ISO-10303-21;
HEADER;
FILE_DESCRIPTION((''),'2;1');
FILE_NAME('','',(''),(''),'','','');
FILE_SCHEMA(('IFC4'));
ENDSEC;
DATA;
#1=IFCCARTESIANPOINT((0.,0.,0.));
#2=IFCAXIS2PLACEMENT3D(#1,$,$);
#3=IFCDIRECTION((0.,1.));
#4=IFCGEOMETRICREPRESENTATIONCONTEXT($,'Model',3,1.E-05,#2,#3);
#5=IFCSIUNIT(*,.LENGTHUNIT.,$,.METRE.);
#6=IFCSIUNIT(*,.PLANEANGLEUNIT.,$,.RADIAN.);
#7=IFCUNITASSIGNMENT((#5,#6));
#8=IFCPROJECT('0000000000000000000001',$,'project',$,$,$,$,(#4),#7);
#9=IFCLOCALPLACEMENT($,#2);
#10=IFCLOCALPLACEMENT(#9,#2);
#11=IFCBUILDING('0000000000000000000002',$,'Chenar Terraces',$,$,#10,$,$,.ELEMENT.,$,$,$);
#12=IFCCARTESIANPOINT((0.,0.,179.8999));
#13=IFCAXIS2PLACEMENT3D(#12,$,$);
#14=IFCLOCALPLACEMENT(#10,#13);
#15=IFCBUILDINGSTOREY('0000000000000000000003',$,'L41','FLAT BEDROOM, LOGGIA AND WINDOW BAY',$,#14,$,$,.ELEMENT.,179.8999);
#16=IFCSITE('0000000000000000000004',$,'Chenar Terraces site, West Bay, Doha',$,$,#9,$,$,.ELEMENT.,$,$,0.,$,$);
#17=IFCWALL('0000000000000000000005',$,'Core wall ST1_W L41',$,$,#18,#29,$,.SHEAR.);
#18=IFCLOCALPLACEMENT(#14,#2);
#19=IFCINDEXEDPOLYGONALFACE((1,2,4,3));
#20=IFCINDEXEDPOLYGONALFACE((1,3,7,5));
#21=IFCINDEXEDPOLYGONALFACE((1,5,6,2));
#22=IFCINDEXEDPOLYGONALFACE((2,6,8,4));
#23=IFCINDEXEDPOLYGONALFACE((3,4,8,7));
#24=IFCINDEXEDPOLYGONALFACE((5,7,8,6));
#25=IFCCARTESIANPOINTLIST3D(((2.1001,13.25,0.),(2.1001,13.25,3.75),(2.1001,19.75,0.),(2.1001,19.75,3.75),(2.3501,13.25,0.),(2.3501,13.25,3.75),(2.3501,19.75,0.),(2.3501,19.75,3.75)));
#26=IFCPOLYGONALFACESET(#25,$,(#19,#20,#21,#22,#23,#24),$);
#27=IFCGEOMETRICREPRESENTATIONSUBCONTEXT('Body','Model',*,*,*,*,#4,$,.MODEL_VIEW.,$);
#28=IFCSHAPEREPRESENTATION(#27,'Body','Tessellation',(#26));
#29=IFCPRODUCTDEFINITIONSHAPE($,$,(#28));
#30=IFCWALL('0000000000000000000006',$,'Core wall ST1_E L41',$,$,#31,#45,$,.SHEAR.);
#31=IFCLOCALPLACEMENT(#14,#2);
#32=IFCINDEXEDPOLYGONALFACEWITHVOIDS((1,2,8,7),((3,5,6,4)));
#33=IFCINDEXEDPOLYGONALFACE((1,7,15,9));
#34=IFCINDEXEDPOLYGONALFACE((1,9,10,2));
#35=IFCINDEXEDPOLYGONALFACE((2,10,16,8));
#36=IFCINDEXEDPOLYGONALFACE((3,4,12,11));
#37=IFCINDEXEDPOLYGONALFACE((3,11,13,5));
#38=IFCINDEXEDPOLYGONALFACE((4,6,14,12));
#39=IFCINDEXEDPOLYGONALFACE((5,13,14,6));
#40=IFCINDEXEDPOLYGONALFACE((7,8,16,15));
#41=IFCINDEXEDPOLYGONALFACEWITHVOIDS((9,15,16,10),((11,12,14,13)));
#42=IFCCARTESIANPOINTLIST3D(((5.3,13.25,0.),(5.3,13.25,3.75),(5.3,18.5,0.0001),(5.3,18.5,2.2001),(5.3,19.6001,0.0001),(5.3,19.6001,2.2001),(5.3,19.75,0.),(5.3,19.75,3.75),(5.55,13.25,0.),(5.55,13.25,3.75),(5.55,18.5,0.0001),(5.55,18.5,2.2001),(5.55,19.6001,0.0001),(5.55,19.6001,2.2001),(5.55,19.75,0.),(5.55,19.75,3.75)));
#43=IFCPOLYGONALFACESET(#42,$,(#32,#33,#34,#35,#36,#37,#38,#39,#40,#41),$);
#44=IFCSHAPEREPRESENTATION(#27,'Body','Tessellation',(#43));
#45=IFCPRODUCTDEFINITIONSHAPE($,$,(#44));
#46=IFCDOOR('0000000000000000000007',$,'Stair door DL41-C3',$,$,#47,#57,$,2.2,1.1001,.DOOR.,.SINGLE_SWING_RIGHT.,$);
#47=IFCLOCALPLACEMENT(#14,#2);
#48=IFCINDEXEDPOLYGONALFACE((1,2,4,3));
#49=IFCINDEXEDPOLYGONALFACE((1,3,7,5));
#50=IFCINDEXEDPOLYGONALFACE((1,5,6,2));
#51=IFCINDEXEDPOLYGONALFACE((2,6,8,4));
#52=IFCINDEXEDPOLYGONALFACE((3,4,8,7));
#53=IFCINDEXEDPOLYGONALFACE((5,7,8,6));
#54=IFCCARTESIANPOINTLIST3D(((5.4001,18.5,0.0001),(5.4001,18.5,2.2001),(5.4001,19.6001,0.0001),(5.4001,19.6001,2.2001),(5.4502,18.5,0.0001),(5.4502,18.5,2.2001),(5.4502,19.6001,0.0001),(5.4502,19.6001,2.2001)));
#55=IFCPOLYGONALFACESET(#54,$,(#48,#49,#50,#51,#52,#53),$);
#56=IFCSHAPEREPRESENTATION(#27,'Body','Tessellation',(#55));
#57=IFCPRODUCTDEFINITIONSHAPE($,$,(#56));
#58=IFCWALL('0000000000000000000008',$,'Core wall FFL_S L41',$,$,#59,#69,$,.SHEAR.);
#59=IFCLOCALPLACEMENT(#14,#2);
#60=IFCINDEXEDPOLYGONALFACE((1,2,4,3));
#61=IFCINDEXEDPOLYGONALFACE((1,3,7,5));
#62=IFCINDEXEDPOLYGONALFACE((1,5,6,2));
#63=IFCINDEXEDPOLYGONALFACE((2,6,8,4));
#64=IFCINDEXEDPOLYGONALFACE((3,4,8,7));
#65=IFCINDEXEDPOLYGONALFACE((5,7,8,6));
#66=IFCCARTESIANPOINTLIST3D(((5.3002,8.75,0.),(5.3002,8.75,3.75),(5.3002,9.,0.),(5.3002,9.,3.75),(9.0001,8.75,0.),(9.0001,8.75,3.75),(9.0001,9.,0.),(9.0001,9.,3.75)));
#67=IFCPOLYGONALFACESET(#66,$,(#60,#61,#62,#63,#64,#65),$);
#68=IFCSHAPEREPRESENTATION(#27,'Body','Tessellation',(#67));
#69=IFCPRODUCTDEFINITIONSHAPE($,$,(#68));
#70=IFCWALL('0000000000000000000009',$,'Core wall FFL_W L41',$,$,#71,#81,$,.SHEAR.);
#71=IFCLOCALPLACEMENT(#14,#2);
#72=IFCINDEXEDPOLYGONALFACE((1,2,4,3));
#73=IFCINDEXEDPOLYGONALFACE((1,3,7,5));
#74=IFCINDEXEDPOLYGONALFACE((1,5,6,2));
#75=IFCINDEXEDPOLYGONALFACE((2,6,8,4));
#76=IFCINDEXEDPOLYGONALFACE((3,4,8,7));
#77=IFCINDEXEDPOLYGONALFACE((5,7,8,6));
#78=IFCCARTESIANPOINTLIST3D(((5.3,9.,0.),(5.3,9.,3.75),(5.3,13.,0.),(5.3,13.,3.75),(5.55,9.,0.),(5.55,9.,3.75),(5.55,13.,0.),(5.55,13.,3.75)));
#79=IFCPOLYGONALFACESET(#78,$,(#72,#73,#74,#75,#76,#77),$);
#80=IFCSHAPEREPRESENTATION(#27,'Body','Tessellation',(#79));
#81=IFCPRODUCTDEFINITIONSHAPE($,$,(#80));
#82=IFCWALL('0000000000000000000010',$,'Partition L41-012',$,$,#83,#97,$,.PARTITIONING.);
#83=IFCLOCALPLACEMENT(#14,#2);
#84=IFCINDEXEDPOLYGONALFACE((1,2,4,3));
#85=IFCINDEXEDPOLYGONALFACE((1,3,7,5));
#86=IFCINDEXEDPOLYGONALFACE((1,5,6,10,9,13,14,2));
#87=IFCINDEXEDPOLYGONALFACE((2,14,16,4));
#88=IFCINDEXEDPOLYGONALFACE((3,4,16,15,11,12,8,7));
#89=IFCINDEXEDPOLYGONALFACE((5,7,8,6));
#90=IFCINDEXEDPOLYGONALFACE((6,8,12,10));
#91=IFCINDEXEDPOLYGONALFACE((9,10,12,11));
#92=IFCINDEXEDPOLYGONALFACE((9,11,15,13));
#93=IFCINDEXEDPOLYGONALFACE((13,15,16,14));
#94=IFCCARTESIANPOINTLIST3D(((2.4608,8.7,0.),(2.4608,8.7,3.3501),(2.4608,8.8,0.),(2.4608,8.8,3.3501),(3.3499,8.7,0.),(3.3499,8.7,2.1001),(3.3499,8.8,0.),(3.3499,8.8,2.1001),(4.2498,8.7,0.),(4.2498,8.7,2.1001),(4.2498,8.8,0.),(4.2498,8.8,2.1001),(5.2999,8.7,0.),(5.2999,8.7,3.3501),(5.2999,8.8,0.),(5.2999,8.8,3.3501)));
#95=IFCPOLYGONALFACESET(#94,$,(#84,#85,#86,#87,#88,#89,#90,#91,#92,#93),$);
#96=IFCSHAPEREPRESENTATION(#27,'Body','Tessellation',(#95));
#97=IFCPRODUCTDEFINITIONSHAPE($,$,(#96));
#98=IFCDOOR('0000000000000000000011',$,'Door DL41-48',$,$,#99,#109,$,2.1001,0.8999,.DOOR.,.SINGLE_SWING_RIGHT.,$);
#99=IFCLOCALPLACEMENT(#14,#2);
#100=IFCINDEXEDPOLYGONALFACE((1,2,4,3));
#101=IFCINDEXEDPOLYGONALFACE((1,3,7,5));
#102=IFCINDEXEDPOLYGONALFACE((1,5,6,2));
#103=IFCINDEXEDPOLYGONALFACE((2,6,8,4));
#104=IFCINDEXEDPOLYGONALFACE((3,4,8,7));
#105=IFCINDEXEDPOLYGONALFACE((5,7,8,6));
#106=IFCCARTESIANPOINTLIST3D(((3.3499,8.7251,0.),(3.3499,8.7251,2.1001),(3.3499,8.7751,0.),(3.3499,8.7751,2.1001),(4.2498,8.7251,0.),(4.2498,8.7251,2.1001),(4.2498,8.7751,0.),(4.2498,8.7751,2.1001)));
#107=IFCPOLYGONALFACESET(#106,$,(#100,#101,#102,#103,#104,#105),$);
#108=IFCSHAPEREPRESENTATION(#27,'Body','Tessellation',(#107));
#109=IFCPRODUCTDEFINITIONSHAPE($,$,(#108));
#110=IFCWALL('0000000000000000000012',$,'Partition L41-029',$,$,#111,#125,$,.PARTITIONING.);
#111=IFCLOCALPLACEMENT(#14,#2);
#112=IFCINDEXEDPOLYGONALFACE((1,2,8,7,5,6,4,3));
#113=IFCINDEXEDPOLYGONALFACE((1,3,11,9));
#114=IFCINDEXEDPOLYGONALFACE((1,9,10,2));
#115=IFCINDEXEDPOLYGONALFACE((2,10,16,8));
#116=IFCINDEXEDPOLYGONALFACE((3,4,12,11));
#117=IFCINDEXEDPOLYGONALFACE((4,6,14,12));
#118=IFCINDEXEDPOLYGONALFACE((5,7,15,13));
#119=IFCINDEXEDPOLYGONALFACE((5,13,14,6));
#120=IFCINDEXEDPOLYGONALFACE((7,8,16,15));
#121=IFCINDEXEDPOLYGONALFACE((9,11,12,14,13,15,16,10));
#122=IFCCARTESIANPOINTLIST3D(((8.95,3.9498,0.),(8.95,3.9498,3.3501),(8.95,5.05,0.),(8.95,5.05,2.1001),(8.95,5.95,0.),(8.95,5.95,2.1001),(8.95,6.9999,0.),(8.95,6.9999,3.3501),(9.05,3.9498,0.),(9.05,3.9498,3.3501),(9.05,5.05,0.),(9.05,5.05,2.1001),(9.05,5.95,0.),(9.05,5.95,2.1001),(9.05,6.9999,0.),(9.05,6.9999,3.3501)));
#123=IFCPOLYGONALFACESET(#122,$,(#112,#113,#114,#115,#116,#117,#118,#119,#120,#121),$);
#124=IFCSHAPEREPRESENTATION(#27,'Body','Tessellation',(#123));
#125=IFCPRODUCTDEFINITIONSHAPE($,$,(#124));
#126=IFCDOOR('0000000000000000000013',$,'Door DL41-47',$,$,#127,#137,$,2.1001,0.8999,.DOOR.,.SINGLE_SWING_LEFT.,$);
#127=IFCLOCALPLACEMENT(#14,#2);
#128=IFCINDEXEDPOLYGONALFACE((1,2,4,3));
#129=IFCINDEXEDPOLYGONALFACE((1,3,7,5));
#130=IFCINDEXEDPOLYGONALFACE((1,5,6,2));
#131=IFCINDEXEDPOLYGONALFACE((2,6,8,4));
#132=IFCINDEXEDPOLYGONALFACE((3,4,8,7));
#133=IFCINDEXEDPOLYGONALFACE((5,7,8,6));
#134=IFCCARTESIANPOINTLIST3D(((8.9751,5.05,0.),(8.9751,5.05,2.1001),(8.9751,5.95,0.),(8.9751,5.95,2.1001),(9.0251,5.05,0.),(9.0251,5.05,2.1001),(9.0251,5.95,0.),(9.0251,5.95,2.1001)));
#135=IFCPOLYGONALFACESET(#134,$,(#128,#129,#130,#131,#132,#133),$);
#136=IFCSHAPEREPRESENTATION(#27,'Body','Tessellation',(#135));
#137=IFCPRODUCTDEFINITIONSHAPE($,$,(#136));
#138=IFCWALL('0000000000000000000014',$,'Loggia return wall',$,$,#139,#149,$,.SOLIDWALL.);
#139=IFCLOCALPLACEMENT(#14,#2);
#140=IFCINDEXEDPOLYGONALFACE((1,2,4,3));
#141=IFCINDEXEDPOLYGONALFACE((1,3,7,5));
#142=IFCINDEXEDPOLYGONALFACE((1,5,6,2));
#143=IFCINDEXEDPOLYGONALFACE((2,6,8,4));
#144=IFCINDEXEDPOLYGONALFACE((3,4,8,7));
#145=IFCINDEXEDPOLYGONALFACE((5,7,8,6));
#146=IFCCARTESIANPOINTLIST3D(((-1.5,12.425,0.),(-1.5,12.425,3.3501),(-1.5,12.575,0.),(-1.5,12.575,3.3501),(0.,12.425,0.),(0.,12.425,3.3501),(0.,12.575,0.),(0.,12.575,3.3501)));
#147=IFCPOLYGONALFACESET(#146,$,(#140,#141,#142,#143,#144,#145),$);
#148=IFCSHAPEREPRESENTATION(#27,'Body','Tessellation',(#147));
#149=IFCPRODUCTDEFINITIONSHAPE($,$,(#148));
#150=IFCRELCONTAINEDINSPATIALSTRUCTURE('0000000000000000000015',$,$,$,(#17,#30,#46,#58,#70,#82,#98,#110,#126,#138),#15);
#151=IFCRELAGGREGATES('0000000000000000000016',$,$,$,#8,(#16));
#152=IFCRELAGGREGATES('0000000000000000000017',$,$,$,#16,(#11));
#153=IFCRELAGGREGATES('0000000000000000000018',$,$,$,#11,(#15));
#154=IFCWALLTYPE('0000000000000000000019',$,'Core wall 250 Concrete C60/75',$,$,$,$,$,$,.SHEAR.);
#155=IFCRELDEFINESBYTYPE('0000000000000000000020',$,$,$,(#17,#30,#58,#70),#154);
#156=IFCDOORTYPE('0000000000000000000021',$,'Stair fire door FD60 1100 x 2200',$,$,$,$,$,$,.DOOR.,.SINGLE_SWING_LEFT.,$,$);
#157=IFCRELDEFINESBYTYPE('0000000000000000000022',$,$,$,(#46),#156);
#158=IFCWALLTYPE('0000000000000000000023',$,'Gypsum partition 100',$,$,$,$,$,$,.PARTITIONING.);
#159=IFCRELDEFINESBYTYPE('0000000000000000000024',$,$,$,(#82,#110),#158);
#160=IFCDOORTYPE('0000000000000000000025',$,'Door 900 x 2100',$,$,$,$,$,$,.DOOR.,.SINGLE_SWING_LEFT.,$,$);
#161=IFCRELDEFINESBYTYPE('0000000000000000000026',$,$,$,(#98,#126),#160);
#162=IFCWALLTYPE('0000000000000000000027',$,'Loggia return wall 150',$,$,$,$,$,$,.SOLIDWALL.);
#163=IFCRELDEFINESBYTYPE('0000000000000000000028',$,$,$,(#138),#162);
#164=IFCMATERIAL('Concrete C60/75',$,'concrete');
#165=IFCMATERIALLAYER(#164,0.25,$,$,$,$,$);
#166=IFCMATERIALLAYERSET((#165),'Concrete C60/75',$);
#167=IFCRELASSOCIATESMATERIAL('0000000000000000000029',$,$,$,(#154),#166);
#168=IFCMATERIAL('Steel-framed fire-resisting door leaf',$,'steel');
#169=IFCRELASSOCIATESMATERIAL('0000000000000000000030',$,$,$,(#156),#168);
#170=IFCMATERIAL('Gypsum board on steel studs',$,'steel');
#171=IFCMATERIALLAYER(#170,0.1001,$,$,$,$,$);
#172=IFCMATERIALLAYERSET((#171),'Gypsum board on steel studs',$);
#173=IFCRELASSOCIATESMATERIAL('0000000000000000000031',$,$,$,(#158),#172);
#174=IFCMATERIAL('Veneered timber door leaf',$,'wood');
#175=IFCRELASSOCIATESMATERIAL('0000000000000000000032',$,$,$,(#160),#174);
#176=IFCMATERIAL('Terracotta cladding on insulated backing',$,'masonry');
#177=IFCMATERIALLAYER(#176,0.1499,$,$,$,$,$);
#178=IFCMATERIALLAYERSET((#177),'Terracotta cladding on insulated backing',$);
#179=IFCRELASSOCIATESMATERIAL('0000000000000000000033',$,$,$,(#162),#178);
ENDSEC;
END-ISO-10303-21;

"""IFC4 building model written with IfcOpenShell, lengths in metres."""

from ifc_helpers import new_model, si_unit, direction, frame, frame_2d, origin, place, context, subcontext, project, spatial, rectangle, extrude, material, layer, layer_set, type_object, element, fill, save


model = new_model("IFC4")

# Units and contexts
model_context = context("Model", 3, precision=1e-05, world=origin(), true_north=direction((0.0, 1.0)))
body_context = subcontext(model_context, "Body", "Model", "MODEL_VIEW")
ifc_project = project(units=[si_unit("LENGTHUNIT", "METRE"), si_unit("PLANEANGLEUNIT", "RADIAN")], contexts=[model_context])

# Site, building, storey
site_placement = place(None, origin())
site = spatial("IfcSite", under=ifc_project, at=site_placement, Name="Chenar Terraces site, West Bay, Doha", CompositionType="ELEMENT", RefElevation=0.0)
building_placement = place(site_placement, origin())
building = spatial("IfcBuilding", under=site, at=building_placement, Name="Chenar Terraces", CompositionType="ELEMENT")
storey_placement = place(building_placement, frame((0.0, 0.0, 179.8999)))
storey = spatial("IfcBuildingStorey", under=building, at=storey_placement, Name="L41", Description="FLAT BEDROOM, LOGGIA AND WINDOW BAY", CompositionType="ELEMENT", Elevation=179.8999)

# Wall
ifc_material_1 = material(Name="Concrete C60/75", Category="concrete")
ifc_layer_1 = layer(ifc_material_1, 0.25)
ifc_layer_set_1 = layer_set([ifc_layer_1], Name="Concrete C60/75")
wall_type_1 = type_object("IfcWallType", Name="Core wall 250 Concrete C60/75", PredefinedType="SHEAR", material=ifc_layer_set_1)
wall_1_placement = place(storey_placement, frame((2.2251, 13.25, 0.0), z_axis=(0.0, 0.0, 1.0), x_axis=(0.0, 1.0, 0.0)))
element("IfcWall", 1, at=wall_1_placement, inside=storey, type_object=wall_type_1, Name="Core wall ST1_W L41", PredefinedType="SHEAR", context=body_context, shape_type="SweptSolid", body=[
    extrude(rectangle(XDim=6.5, YDim=0.25, at=frame_2d((3.25, 0.0))), origin(), (0.0, 0.0, 1.0), 3.75),
])

# Wall, opening, door
wall_2_placement = place(storey_placement, frame((5.425, 13.25, 0.0), z_axis=(0.0, 0.0, 1.0), x_axis=(0.0, 1.0, 0.0)))
wall_2 = element("IfcWall", 2, at=wall_2_placement, inside=storey, type_object=wall_type_1, Name="Core wall ST1_E L41", PredefinedType="SHEAR", context=body_context, shape_type="SweptSolid", body=[
    extrude(rectangle(XDim=6.5, YDim=0.25, at=frame_2d((3.25, 0.0))), origin(), (0.0, 0.0, 1.0), 3.75),
])
opening_1_placement = place(wall_2_placement, frame((5.25, 0.0, 0.0)))
opening_1 = element("IfcOpeningElement", 3, at=opening_1_placement, cuts=wall_2, PredefinedType="OPENING", context=body_context, shape_type="SweptSolid", body=[
    extrude(rectangle(XDim=1.1001, YDim=2.2, at=frame_2d((0.55, 1.1001))), frame((0.0, 0.135, 0.0), z_axis=(0.0, -1.0, 0.0), x_axis=(1.0, 0.0, 0.0)), (0.0, 0.0, 1.0), 0.27),
])
ifc_material_2 = material(Name="Steel-framed fire-resisting door leaf", Category="steel")
door_type_1 = type_object("IfcDoorType", Name="Stair fire door FD60 1100 x 2200", OperationType="SINGLE_SWING_LEFT", PredefinedType="DOOR", material=ifc_material_2)
door_1_placement = place(opening_1_placement, origin())
door_1 = element("IfcDoor", 4, at=door_1_placement, inside=storey, type_object=door_type_1, Name="Stair door DL41-C3", OperationType="SINGLE_SWING_RIGHT", OverallHeight=2.2, OverallWidth=1.1001, PredefinedType="DOOR", context=body_context, shape_type="SweptSolid", body=[
    extrude(rectangle(XDim=1.1001, YDim=2.2, at=frame_2d((0.55, 1.1001))), frame((0.0, 0.0249, 0.0), z_axis=(0.0, -1.0, 0.0), x_axis=(1.0, 0.0, 0.0)), (0.0, 0.0, 1.0), 0.05),
])
fill(opening_1, door_1)

# Walls
wall_3_placement = place(storey_placement, frame((5.3, 8.875, 0.0), z_axis=(0.0, 0.0, 1.0), x_axis=(1.0, 0.0, 0.0)))
element("IfcWall", 5, at=wall_3_placement, inside=storey, type_object=wall_type_1, Name="Core wall FFL_S L41", PredefinedType="SHEAR", context=body_context, shape_type="SweptSolid", body=[
    extrude(rectangle(XDim=3.7, YDim=0.25, at=frame_2d((1.8501, 0.0))), origin(), (0.0, 0.0, 1.0), 3.75),
])
wall_4_placement = place(storey_placement, frame((5.425, 9.0, 0.0), z_axis=(0.0, 0.0, 1.0), x_axis=(0.0, 1.0, 0.0)))
element("IfcWall", 6, at=wall_4_placement, inside=storey, type_object=wall_type_1, Name="Core wall FFL_W L41", PredefinedType="SHEAR", context=body_context, shape_type="SweptSolid", body=[
    extrude(rectangle(XDim=4.0, YDim=0.25, at=frame_2d((2.0, 0.0))), origin(), (0.0, 0.0, 1.0), 3.75),
])

# Walls, openings, doors
ifc_material_3 = material(Name="Gypsum board on steel studs", Category="steel")
ifc_layer_2 = layer(ifc_material_3, 0.1001)
ifc_layer_set_2 = layer_set([ifc_layer_2], Name="Gypsum board on steel studs")
wall_type_2 = type_object("IfcWallType", Name="Gypsum partition 100", PredefinedType="PARTITIONING", material=ifc_layer_set_2)
wall_5_placement = place(storey_placement, frame((2.4609, 8.75, 0.0), z_axis=(0.0, 0.0, 1.0), x_axis=(1.0, 0.0, 0.0)))
wall_5 = element("IfcWall", 7, at=wall_5_placement, inside=storey, type_object=wall_type_2, Name="Partition L41-012", PredefinedType="PARTITIONING", context=body_context, shape_type="SweptSolid", body=[
    extrude(rectangle(XDim=2.8391, YDim=0.1001, at=frame_2d((1.4194, 0.0))), origin(), (0.0, 0.0, 1.0), 3.3501),
])
opening_2_placement = place(wall_5_placement, frame((0.8889, 0.0, 0.0)))
opening_2 = element("IfcOpeningElement", 8, at=opening_2_placement, cuts=wall_5, PredefinedType="OPENING", context=body_context, shape_type="SweptSolid", body=[
    extrude(rectangle(XDim=0.8999, YDim=2.1001, at=frame_2d((0.45, 1.05))), frame((0.0, 0.0601, 0.0), z_axis=(0.0, -1.0, 0.0), x_axis=(1.0, 0.0, 0.0)), (0.0, 0.0, 1.0), 0.1201),
])
ifc_material_4 = material(Name="Veneered timber door leaf", Category="wood")
door_type_2 = type_object("IfcDoorType", Name="Door 900 x 2100", OperationType="SINGLE_SWING_LEFT", PredefinedType="DOOR", material=ifc_material_4)
door_2_placement = place(opening_2_placement, frame((0.8999, 0.0, 0.0), z_axis=(0.0, 0.0, 1.0), x_axis=(-1.0, 0.0, 0.0)))
door_2 = element("IfcDoor", 9, at=door_2_placement, inside=storey, type_object=door_type_2, Name="Door DL41-48", OperationType="SINGLE_SWING_RIGHT", OverallHeight=2.1001, OverallWidth=0.8999, PredefinedType="DOOR", context=body_context, shape_type="SweptSolid", body=[
    extrude(rectangle(XDim=0.8999, YDim=2.1001, at=frame_2d((0.45, 1.05))), frame((0.0, 0.0249, 0.0), z_axis=(0.0, -1.0, 0.0), x_axis=(1.0, 0.0, 0.0)), (0.0, 0.0, 1.0), 0.05),
])
fill(opening_2, door_2)
wall_6_placement = place(storey_placement, frame((9.0, 3.95, 0.0), z_axis=(0.0, 0.0, 1.0), x_axis=(0.0, 1.0, 0.0)))
wall_6 = element("IfcWall", 10, at=wall_6_placement, inside=storey, type_object=wall_type_2, Name="Partition L41-029", PredefinedType="PARTITIONING", context=body_context, shape_type="SweptSolid", body=[
    extrude(rectangle(XDim=3.05, YDim=0.1001, at=frame_2d((1.5249, 0.0))), origin(), (0.0, 0.0, 1.0), 3.3501),
])
opening_3_placement = place(wall_6_placement, frame((1.1001, 0.0, 0.0)))
opening_3 = element("IfcOpeningElement", 11, at=opening_3_placement, cuts=wall_6, PredefinedType="OPENING", context=body_context, shape_type="SweptSolid", body=[
    extrude(rectangle(XDim=0.8999, YDim=2.1001, at=frame_2d((0.45, 1.05))), frame((0.0, 0.0601, 0.0), z_axis=(0.0, -1.0, 0.0), x_axis=(1.0, 0.0, 0.0)), (0.0, 0.0, 1.0), 0.1201),
])
door_3_placement = place(opening_3_placement, origin())
door_3 = element("IfcDoor", 12, at=door_3_placement, inside=storey, type_object=door_type_2, Name="Door DL41-47", OperationType="SINGLE_SWING_LEFT", OverallHeight=2.1001, OverallWidth=0.8999, PredefinedType="DOOR", context=body_context, shape_type="SweptSolid", body=[
    extrude(rectangle(XDim=0.8999, YDim=2.1001, at=frame_2d((0.45, 1.05))), frame((0.0, 0.0249, 0.0), z_axis=(0.0, -1.0, 0.0), x_axis=(1.0, 0.0, 0.0)), (0.0, 0.0, 1.0), 0.05),
])
fill(opening_3, door_3)

# Wall
ifc_material_5 = material(Name="Terracotta cladding on insulated backing", Category="masonry")
ifc_layer_3 = layer(ifc_material_5, 0.1499)
ifc_layer_set_3 = layer_set([ifc_layer_3], Name="Terracotta cladding on insulated backing")
wall_type_3 = type_object("IfcWallType", Name="Loggia return wall 150", PredefinedType="SOLIDWALL", material=ifc_layer_set_3)
wall_7_placement = place(storey_placement, frame((-1.5, 12.5, 0.0), z_axis=(0.0, 0.0, 1.0), x_axis=(1.0, 0.0, 0.0)))
element("IfcWall", 13, at=wall_7_placement, inside=storey, type_object=wall_type_3, Name="Loggia return wall", PredefinedType="SOLIDWALL", context=body_context, shape_type="SweptSolid", body=[
    extrude(rectangle(XDim=1.5, YDim=0.1499, at=frame_2d((0.75, 0.0))), origin(), (0.0, 0.0, 1.0), 3.3501),
])

save(model, "model.ifc")
